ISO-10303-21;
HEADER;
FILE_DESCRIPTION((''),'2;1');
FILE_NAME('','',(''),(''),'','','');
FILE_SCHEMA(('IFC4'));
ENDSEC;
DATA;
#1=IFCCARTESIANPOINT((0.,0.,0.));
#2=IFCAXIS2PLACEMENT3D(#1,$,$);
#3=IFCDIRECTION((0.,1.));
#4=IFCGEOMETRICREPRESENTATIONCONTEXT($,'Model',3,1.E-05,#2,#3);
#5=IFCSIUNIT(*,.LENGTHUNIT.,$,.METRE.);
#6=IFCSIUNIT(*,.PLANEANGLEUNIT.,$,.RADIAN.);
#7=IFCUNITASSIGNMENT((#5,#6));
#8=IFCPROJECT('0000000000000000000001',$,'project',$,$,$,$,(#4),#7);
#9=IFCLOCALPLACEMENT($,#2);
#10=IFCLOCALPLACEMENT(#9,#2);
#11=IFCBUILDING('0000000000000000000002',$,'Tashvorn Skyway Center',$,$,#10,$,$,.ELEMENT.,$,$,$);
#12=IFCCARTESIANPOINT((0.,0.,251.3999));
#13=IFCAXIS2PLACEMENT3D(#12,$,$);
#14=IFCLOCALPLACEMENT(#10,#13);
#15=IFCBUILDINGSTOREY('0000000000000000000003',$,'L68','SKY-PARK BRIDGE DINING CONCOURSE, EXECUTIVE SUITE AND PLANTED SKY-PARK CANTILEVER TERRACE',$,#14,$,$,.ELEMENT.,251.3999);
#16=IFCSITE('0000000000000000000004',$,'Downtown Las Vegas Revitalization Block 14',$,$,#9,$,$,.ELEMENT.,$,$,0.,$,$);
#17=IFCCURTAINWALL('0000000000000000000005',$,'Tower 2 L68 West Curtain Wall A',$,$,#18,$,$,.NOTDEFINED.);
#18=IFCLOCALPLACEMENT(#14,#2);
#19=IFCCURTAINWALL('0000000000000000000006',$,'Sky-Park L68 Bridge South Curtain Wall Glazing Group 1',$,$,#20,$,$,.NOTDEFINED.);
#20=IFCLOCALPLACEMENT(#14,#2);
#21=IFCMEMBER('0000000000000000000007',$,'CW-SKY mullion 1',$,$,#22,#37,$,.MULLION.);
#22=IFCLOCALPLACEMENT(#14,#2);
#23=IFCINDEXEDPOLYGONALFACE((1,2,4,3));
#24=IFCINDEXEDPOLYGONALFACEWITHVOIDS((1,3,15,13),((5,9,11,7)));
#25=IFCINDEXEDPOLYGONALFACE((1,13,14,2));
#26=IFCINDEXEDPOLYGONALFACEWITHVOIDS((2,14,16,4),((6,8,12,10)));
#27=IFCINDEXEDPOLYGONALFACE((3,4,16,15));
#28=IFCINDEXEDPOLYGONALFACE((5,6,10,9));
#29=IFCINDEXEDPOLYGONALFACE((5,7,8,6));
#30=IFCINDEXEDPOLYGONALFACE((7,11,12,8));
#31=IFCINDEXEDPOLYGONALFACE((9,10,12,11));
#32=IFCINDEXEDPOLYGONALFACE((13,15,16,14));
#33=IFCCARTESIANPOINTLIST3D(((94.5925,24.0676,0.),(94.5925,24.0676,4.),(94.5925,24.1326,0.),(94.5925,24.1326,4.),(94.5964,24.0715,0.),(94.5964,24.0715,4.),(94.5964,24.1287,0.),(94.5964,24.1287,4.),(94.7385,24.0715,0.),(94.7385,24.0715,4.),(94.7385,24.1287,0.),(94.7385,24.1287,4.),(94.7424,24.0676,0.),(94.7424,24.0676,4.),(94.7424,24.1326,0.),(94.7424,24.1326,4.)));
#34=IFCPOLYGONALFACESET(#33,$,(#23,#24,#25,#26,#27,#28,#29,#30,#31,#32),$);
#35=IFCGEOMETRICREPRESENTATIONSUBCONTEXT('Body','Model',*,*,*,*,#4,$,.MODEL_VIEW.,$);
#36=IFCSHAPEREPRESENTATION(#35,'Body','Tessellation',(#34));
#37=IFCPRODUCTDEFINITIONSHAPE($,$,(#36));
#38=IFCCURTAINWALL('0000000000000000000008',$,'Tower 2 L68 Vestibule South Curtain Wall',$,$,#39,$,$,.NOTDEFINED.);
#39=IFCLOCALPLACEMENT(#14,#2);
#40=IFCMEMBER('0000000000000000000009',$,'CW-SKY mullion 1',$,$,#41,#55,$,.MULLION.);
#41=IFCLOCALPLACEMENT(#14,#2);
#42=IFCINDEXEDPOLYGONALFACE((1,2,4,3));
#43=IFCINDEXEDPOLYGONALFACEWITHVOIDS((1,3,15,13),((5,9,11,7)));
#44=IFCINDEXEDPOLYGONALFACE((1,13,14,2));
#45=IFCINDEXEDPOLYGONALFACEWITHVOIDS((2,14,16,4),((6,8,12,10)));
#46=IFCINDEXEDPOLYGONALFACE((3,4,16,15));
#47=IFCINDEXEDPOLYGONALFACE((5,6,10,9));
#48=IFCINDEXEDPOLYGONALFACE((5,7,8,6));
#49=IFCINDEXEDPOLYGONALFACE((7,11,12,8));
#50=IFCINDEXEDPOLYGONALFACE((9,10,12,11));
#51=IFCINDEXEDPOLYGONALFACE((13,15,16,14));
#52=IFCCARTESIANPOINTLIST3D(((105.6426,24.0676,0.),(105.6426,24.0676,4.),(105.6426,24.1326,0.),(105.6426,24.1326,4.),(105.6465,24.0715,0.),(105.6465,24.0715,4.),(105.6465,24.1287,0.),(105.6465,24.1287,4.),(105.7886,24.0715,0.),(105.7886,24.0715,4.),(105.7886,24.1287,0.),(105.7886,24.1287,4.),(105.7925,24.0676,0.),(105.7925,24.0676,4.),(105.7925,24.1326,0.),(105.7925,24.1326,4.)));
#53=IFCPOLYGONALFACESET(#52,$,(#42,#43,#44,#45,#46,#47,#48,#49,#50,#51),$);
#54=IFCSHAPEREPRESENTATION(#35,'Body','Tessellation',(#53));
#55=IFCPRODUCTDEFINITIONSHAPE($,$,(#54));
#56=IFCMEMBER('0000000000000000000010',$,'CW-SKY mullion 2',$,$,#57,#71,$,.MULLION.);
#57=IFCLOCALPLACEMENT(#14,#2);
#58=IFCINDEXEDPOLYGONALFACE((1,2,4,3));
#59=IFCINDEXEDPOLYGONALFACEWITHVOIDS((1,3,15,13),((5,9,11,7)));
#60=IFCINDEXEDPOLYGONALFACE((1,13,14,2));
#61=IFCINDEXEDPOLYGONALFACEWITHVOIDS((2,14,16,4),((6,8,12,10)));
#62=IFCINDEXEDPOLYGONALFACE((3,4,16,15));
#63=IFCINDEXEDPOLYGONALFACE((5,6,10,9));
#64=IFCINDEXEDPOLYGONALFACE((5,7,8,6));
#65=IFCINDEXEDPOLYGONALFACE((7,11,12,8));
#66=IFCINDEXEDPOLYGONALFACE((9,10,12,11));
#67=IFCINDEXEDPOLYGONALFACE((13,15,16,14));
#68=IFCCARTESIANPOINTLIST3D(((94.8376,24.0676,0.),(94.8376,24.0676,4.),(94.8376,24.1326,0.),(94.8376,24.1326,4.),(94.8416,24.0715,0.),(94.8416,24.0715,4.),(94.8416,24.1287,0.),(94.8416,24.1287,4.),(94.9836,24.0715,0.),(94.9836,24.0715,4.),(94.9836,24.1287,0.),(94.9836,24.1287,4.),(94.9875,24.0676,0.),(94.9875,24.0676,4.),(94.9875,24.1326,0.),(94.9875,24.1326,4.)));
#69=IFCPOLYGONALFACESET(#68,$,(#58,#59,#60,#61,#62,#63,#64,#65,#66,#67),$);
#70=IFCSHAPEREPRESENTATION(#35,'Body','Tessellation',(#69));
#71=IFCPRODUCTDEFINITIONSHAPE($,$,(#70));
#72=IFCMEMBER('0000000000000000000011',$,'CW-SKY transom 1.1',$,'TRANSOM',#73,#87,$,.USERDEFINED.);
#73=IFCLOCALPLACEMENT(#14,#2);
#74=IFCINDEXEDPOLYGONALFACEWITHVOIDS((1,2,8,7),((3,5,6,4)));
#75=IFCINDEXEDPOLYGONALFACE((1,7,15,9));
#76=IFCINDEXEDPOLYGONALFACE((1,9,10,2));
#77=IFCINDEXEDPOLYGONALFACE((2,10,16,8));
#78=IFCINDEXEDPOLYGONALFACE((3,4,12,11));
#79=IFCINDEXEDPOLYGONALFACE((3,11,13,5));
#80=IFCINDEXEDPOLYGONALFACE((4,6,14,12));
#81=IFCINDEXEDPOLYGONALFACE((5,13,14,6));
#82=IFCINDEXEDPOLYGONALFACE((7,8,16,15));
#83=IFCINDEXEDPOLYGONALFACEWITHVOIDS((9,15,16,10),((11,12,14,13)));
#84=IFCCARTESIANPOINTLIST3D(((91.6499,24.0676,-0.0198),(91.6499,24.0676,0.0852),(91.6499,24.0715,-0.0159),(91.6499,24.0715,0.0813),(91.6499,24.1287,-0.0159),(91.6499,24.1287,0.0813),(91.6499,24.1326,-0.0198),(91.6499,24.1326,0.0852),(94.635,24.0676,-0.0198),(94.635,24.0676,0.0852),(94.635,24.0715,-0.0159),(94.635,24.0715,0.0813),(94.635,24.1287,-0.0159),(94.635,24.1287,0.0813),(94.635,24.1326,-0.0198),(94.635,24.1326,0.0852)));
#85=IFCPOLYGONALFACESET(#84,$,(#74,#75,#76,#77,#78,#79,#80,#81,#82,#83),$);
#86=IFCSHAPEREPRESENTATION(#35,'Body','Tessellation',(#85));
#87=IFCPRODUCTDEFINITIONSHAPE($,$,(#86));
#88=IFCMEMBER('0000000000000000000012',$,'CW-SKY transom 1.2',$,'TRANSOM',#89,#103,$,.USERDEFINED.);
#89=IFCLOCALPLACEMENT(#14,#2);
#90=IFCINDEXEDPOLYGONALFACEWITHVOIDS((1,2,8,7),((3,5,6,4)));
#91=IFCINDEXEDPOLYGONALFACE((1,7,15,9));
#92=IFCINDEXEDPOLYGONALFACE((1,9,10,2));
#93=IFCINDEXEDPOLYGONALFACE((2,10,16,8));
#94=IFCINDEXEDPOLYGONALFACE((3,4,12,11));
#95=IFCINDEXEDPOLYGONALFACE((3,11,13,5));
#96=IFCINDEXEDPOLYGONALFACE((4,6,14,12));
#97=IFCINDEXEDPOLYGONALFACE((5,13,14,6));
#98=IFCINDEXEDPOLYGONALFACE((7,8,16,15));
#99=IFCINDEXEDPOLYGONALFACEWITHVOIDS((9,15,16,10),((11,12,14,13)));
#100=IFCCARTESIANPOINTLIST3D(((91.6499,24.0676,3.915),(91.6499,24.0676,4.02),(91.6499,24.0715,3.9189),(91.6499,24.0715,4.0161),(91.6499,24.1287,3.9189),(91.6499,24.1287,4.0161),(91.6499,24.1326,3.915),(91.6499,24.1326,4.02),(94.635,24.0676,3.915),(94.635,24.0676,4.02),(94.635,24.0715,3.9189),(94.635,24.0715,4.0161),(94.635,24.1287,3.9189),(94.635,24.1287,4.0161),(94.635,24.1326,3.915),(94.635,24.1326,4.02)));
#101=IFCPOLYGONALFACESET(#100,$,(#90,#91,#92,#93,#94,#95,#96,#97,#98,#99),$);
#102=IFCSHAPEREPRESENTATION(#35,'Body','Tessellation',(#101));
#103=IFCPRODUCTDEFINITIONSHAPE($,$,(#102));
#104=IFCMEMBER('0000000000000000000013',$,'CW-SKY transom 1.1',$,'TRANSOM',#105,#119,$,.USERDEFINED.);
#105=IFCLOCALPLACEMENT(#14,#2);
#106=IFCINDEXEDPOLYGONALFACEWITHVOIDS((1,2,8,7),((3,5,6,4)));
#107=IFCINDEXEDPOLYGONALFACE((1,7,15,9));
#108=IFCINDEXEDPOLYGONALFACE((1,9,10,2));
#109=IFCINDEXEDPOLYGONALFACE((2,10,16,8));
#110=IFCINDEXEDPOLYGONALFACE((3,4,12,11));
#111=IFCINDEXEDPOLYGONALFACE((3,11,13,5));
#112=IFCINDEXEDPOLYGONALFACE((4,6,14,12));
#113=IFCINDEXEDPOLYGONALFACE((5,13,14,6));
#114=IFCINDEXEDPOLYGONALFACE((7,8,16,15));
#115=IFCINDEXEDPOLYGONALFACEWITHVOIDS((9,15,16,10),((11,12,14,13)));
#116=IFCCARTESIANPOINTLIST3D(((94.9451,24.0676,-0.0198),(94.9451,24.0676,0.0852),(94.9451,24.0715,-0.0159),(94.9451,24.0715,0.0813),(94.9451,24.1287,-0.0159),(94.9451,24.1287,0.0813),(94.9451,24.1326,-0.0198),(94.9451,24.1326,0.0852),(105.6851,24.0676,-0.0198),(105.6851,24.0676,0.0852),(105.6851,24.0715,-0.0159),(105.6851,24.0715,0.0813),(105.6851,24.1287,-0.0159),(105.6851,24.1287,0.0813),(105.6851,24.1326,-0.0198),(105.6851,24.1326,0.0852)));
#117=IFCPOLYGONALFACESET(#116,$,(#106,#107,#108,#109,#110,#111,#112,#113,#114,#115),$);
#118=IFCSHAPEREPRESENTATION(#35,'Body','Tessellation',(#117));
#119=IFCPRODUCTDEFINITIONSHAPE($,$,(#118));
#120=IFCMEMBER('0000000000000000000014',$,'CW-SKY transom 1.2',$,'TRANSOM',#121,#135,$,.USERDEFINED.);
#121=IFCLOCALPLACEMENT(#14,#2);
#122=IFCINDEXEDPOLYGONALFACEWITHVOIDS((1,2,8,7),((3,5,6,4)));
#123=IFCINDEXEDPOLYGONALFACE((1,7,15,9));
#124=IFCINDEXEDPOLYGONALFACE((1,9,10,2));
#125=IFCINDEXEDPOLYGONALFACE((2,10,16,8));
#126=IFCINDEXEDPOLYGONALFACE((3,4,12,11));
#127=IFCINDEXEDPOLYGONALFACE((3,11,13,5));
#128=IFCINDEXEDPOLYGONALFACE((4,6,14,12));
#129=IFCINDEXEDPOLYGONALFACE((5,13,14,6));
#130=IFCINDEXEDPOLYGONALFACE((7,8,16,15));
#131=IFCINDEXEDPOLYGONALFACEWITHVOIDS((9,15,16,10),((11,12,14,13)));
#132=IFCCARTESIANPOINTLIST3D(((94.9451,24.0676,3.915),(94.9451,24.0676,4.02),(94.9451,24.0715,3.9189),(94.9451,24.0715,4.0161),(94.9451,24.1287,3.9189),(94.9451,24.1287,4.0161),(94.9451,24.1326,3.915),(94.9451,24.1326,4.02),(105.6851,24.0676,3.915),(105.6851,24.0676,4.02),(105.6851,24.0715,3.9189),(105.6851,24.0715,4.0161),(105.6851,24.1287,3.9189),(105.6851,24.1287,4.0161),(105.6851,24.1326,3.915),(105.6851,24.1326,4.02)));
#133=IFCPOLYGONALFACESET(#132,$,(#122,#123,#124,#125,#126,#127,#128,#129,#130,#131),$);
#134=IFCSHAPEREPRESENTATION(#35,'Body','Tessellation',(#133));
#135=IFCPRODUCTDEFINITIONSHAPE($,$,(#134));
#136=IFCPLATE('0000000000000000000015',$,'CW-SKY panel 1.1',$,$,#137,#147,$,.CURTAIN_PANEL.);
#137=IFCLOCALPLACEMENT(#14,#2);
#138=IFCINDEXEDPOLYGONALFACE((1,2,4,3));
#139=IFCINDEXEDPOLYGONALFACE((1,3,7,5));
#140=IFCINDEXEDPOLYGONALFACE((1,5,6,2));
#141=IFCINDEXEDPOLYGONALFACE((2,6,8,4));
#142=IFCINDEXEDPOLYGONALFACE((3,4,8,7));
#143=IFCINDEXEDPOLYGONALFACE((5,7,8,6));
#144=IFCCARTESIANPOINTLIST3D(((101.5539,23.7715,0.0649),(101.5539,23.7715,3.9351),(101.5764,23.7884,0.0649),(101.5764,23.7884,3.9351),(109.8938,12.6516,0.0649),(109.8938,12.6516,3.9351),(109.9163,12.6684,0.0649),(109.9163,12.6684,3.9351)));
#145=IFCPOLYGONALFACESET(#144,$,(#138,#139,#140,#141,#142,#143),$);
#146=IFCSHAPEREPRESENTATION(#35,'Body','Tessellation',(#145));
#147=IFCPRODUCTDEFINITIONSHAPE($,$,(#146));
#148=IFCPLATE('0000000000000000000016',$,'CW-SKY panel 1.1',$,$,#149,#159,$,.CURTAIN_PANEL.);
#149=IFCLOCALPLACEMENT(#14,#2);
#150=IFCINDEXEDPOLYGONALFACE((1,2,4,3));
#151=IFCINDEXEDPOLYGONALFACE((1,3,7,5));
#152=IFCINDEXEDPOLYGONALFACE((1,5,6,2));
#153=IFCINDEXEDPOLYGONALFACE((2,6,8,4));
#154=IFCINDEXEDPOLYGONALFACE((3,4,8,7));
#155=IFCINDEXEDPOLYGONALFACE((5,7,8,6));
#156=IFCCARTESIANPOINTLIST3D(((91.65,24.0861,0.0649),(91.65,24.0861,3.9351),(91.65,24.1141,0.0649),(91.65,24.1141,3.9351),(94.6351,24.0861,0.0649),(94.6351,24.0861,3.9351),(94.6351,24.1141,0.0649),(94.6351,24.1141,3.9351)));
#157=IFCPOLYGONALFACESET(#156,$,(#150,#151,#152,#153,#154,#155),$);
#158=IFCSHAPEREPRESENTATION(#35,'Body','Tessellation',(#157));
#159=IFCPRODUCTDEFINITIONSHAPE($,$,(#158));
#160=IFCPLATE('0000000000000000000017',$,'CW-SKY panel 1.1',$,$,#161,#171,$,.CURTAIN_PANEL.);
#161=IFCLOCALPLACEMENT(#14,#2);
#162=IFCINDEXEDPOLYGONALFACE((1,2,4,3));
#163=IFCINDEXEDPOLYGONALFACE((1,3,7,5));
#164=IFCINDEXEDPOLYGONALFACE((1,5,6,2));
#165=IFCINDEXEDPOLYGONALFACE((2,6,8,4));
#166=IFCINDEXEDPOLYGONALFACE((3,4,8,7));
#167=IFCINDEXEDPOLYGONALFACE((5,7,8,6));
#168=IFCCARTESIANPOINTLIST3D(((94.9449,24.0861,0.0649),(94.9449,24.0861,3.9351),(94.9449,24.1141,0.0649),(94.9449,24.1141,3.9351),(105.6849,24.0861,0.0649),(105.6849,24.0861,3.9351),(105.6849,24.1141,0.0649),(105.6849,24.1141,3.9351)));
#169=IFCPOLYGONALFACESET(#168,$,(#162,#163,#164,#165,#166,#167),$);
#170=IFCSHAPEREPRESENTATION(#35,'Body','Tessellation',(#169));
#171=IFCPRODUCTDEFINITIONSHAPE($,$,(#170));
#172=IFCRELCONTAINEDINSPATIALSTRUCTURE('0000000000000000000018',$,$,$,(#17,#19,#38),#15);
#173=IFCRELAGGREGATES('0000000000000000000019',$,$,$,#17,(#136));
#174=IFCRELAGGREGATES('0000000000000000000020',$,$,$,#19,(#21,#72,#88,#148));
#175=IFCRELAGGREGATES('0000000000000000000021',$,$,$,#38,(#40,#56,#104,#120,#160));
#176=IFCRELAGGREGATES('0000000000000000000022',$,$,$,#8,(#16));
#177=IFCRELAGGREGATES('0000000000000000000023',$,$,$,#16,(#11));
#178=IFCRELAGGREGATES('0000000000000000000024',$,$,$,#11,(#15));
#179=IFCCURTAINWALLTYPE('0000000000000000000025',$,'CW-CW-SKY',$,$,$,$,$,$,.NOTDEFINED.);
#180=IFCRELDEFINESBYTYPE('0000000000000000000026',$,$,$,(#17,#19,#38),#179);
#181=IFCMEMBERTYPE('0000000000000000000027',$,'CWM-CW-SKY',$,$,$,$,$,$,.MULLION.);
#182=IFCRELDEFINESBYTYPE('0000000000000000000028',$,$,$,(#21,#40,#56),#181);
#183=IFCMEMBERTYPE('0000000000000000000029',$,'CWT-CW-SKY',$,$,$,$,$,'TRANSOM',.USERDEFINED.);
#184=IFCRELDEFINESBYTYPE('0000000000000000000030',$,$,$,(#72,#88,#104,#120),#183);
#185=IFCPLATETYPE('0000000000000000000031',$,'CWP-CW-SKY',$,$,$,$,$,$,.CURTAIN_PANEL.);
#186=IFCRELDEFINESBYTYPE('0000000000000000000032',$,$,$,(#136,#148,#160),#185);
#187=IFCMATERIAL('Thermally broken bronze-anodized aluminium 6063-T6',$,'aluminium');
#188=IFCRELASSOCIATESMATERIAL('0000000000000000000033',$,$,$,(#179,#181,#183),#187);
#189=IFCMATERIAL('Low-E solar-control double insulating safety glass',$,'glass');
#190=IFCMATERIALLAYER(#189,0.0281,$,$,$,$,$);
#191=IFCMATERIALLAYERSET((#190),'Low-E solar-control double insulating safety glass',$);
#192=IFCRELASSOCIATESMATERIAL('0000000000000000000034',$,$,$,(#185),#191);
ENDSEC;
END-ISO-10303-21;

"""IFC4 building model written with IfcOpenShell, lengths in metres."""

from ifc_helpers import new_model, si_unit, direction, frame, origin, origin_2d, place, context, subcontext, project, spatial, rectangle, hollow_rectangle, extrude, material, layer, layer_set, material_profile, profile_set, type_object, element, aggregate, save


model = new_model("IFC4")

# Units and contexts
model_context = context("Model", 3, precision=1e-05, world=origin(), true_north=direction((0.0, 1.0)))
body_context = subcontext(model_context, "Body", "Model", "MODEL_VIEW")
ifc_project = project(units=[si_unit("LENGTHUNIT", "METRE"), si_unit("PLANEANGLEUNIT", "RADIAN")], contexts=[model_context])

# Site, building, storey
site_placement = place(None, origin())
site = spatial("IfcSite", under=ifc_project, at=site_placement, Name="Downtown Las Vegas Revitalization Block 14", CompositionType="ELEMENT", RefElevation=0.0)
building_placement = place(site_placement, origin())
building = spatial("IfcBuilding", under=site, at=building_placement, Name="Tashvorn Skyway Center", CompositionType="ELEMENT")
storey_placement = place(building_placement, frame((0.0, 0.0, 251.3999)))
storey = spatial("IfcBuildingStorey", under=building, at=storey_placement, Name="L68", Description="SKY-PARK BRIDGE DINING CONCOURSE, EXECUTIVE SUITE AND PLANTED SKY-PARK CANTILEVER TERRACE", CompositionType="ELEMENT", Elevation=251.3999)

# Curtain walls, member
ifc_material_1 = material(Name="Thermally broken bronze-anodized aluminium 6063-T6", Category="aluminium")
curtain_wall_type = type_object("IfcCurtainWallType", Name="CW-CW-SKY", PredefinedType="NOTDEFINED", material=ifc_material_1)
curtain_wall_1_placement = place(storey_placement, origin())
curtain_wall_1 = element("IfcCurtainWall", 1, at=curtain_wall_1_placement, inside=storey, type_object=curtain_wall_type, Name="Tower 2 L68 West Curtain Wall A", PredefinedType="NOTDEFINED")
ifc_material_profile_1 = material_profile(ifc_material_1, hollow_rectangle(XDim=0.0649, YDim=0.1499, WallThickness=0.0039, at=origin_2d()), Name="ALU-MULL-65x150")
ifc_profile_set_1 = profile_set([ifc_material_profile_1], Name="Thermally broken bronze-anodized aluminium 6063-T6")
member_type_1 = type_object("IfcMemberType", Name="CWM-CW-SKY", PredefinedType="MULLION", material=ifc_profile_set_1)
curtain_wall_2_placement = place(storey_placement, origin())
curtain_wall_2 = element("IfcCurtainWall", 2, at=curtain_wall_2_placement, inside=storey, type_object=curtain_wall_type, Name="Sky-Park L68 Bridge South Curtain Wall Glazing Group 1", PredefinedType="NOTDEFINED")
member_1_placement = place(storey_placement, frame((94.6675, 24.1001, 0.0), z_axis=(0.0, 0.0, 1.0), x_axis=(0.0, -1.0, 0.0)))
member_1 = element("IfcMember", 3, at=member_1_placement, type_object=member_type_1, Name="CW-SKY mullion 1", PredefinedType="MULLION", context=body_context, shape_type="SweptSolid", body=[
    extrude(hollow_rectangle(XDim=0.0649, YDim=0.1499, WallThickness=0.0039, at=origin_2d()), origin(), (0.0, 0.0, 1.0), 4.0),
])

# Curtain wall, members
curtain_wall_3_placement = place(storey_placement, origin())
curtain_wall_3 = element("IfcCurtainWall", 4, at=curtain_wall_3_placement, inside=storey, type_object=curtain_wall_type, Name="Tower 2 L68 Vestibule South Curtain Wall", PredefinedType="NOTDEFINED")
member_2_placement = place(storey_placement, frame((105.7175, 24.1001, 0.0), z_axis=(0.0, 0.0, 1.0), x_axis=(0.0, -1.0, 0.0)))
member_2 = element("IfcMember", 5, at=member_2_placement, type_object=member_type_1, Name="CW-SKY mullion 1", PredefinedType="MULLION", context=body_context, shape_type="SweptSolid", body=[
    extrude(hollow_rectangle(XDim=0.0649, YDim=0.1499, WallThickness=0.0039, at=origin_2d()), origin(), (0.0, 0.0, 1.0), 4.0),
])
member_3_placement = place(storey_placement, frame((94.9126, 24.1001, 0.0), z_axis=(0.0, 0.0, 1.0), x_axis=(0.0, -1.0, 0.0)))
member_3 = element("IfcMember", 6, at=member_3_placement, type_object=member_type_1, Name="CW-SKY mullion 2", PredefinedType="MULLION", context=body_context, shape_type="SweptSolid", body=[
    extrude(hollow_rectangle(XDim=0.0649, YDim=0.1499, WallThickness=0.0039, at=origin_2d()), origin(), (0.0, 0.0, 1.0), 4.0),
])

# Members
ifc_material_profile_2 = material_profile(ifc_material_1, hollow_rectangle(XDim=0.0649, YDim=0.105, WallThickness=0.0039, at=origin_2d()), Name="ALU-TRAN-65x105")
ifc_profile_set_2 = profile_set([ifc_material_profile_2], Name="Thermally broken bronze-anodized aluminium 6063-T6")
member_type_2 = type_object("IfcMemberType", Name="CWT-CW-SKY", ElementType="TRANSOM", PredefinedType="USERDEFINED", material=ifc_profile_set_2)
member_4_placement = place(storey_placement, frame((94.635, 24.1001, 0.0327), z_axis=(-1.0, 0.0, 0.0), x_axis=(0.0, -1.0, 0.0)))
member_4 = element("IfcMember", 7, at=member_4_placement, type_object=member_type_2, Name="CW-SKY transom 1.1", ObjectType="TRANSOM", PredefinedType="USERDEFINED", context=body_context, shape_type="SweptSolid", body=[
    extrude(hollow_rectangle(XDim=0.0649, YDim=0.105, WallThickness=0.0039, at=origin_2d()), origin(), (0.0, 0.0, 1.0), 2.9851),
])
member_5_placement = place(storey_placement, frame((94.635, 24.1001, 3.9675), z_axis=(-1.0, 0.0, 0.0), x_axis=(0.0, -1.0, 0.0)))
member_5 = element("IfcMember", 8, at=member_5_placement, type_object=member_type_2, Name="CW-SKY transom 1.2", ObjectType="TRANSOM", PredefinedType="USERDEFINED", context=body_context, shape_type="SweptSolid", body=[
    extrude(hollow_rectangle(XDim=0.0649, YDim=0.105, WallThickness=0.0039, at=origin_2d()), origin(), (0.0, 0.0, 1.0), 2.9851),
])
member_6_placement = place(storey_placement, frame((105.6851, 24.1001, 0.0327), z_axis=(-1.0, 0.0, 0.0), x_axis=(0.0, -1.0, 0.0)))
member_6 = element("IfcMember", 9, at=member_6_placement, type_object=member_type_2, Name="CW-SKY transom 1.1", ObjectType="TRANSOM", PredefinedType="USERDEFINED", context=body_context, shape_type="SweptSolid", body=[
    extrude(hollow_rectangle(XDim=0.0649, YDim=0.105, WallThickness=0.0039, at=origin_2d()), origin(), (0.0, 0.0, 1.0), 10.74),
])
member_7_placement = place(storey_placement, frame((105.6851, 24.1001, 3.9675), z_axis=(-1.0, 0.0, 0.0), x_axis=(0.0, -1.0, 0.0)))
member_7 = element("IfcMember", 10, at=member_7_placement, type_object=member_type_2, Name="CW-SKY transom 1.2", ObjectType="TRANSOM", PredefinedType="USERDEFINED", context=body_context, shape_type="SweptSolid", body=[
    extrude(hollow_rectangle(XDim=0.0649, YDim=0.105, WallThickness=0.0039, at=origin_2d()), origin(), (0.0, 0.0, 1.0), 10.74),
])

# Plates
ifc_material_2 = material(Name="Low-E solar-control double insulating safety glass", Category="glass")
ifc_layer_1 = layer(ifc_material_2, 0.0281)
ifc_layer_set_1 = layer_set([ifc_layer_1], Name="Low-E solar-control double insulating safety glass")
plate_type = type_object("IfcPlateType", Name="CWP-CW-SKY", PredefinedType="CURTAIN_PANEL", material=ifc_layer_set_1)
plate_1_placement = place(storey_placement, frame((105.7351, 18.22, 0.0649), z_axis=(0.0, 0.0, 1.0), x_axis=(-0.6, 0.8, 0.0)))
plate_1 = element("IfcPlate", 11, at=plate_1_placement, type_object=plate_type, Name="CW-SKY panel 1.1", PredefinedType="CURTAIN_PANEL", context=body_context, shape_type="SweptSolid", body=[
    extrude(rectangle(XDim=13.8999, YDim=0.0281, at=origin_2d()), origin(), (0.0, 0.0, 1.0), 3.8701),
])
aggregate(curtain_wall_1, [plate_1])
plate_2_placement = place(storey_placement, frame((93.1426, 24.1001, 0.0649), z_axis=(0.0, 0.0, 1.0), x_axis=(-1.0, 0.0, 0.0)))
plate_2 = element("IfcPlate", 12, at=plate_2_placement, type_object=plate_type, Name="CW-SKY panel 1.1", PredefinedType="CURTAIN_PANEL", context=body_context, shape_type="SweptSolid", body=[
    extrude(rectangle(XDim=2.9851, YDim=0.0281, at=origin_2d()), origin(), (0.0, 0.0, 1.0), 3.8701),
])
aggregate(curtain_wall_2, [member_1, member_4, member_5, plate_2])
plate_3_placement = place(storey_placement, frame((100.3149, 24.1001, 0.0649), z_axis=(0.0, 0.0, 1.0), x_axis=(-1.0, 0.0, 0.0)))
plate_3 = element("IfcPlate", 13, at=plate_3_placement, type_object=plate_type, Name="CW-SKY panel 1.1", PredefinedType="CURTAIN_PANEL", context=body_context, shape_type="SweptSolid", body=[
    extrude(rectangle(XDim=10.74, YDim=0.0281, at=origin_2d()), origin(), (0.0, 0.0, 1.0), 3.8701),
])
aggregate(curtain_wall_3, [member_2, member_3, member_6, member_7, plate_3])

save(model, "model.ifc")
